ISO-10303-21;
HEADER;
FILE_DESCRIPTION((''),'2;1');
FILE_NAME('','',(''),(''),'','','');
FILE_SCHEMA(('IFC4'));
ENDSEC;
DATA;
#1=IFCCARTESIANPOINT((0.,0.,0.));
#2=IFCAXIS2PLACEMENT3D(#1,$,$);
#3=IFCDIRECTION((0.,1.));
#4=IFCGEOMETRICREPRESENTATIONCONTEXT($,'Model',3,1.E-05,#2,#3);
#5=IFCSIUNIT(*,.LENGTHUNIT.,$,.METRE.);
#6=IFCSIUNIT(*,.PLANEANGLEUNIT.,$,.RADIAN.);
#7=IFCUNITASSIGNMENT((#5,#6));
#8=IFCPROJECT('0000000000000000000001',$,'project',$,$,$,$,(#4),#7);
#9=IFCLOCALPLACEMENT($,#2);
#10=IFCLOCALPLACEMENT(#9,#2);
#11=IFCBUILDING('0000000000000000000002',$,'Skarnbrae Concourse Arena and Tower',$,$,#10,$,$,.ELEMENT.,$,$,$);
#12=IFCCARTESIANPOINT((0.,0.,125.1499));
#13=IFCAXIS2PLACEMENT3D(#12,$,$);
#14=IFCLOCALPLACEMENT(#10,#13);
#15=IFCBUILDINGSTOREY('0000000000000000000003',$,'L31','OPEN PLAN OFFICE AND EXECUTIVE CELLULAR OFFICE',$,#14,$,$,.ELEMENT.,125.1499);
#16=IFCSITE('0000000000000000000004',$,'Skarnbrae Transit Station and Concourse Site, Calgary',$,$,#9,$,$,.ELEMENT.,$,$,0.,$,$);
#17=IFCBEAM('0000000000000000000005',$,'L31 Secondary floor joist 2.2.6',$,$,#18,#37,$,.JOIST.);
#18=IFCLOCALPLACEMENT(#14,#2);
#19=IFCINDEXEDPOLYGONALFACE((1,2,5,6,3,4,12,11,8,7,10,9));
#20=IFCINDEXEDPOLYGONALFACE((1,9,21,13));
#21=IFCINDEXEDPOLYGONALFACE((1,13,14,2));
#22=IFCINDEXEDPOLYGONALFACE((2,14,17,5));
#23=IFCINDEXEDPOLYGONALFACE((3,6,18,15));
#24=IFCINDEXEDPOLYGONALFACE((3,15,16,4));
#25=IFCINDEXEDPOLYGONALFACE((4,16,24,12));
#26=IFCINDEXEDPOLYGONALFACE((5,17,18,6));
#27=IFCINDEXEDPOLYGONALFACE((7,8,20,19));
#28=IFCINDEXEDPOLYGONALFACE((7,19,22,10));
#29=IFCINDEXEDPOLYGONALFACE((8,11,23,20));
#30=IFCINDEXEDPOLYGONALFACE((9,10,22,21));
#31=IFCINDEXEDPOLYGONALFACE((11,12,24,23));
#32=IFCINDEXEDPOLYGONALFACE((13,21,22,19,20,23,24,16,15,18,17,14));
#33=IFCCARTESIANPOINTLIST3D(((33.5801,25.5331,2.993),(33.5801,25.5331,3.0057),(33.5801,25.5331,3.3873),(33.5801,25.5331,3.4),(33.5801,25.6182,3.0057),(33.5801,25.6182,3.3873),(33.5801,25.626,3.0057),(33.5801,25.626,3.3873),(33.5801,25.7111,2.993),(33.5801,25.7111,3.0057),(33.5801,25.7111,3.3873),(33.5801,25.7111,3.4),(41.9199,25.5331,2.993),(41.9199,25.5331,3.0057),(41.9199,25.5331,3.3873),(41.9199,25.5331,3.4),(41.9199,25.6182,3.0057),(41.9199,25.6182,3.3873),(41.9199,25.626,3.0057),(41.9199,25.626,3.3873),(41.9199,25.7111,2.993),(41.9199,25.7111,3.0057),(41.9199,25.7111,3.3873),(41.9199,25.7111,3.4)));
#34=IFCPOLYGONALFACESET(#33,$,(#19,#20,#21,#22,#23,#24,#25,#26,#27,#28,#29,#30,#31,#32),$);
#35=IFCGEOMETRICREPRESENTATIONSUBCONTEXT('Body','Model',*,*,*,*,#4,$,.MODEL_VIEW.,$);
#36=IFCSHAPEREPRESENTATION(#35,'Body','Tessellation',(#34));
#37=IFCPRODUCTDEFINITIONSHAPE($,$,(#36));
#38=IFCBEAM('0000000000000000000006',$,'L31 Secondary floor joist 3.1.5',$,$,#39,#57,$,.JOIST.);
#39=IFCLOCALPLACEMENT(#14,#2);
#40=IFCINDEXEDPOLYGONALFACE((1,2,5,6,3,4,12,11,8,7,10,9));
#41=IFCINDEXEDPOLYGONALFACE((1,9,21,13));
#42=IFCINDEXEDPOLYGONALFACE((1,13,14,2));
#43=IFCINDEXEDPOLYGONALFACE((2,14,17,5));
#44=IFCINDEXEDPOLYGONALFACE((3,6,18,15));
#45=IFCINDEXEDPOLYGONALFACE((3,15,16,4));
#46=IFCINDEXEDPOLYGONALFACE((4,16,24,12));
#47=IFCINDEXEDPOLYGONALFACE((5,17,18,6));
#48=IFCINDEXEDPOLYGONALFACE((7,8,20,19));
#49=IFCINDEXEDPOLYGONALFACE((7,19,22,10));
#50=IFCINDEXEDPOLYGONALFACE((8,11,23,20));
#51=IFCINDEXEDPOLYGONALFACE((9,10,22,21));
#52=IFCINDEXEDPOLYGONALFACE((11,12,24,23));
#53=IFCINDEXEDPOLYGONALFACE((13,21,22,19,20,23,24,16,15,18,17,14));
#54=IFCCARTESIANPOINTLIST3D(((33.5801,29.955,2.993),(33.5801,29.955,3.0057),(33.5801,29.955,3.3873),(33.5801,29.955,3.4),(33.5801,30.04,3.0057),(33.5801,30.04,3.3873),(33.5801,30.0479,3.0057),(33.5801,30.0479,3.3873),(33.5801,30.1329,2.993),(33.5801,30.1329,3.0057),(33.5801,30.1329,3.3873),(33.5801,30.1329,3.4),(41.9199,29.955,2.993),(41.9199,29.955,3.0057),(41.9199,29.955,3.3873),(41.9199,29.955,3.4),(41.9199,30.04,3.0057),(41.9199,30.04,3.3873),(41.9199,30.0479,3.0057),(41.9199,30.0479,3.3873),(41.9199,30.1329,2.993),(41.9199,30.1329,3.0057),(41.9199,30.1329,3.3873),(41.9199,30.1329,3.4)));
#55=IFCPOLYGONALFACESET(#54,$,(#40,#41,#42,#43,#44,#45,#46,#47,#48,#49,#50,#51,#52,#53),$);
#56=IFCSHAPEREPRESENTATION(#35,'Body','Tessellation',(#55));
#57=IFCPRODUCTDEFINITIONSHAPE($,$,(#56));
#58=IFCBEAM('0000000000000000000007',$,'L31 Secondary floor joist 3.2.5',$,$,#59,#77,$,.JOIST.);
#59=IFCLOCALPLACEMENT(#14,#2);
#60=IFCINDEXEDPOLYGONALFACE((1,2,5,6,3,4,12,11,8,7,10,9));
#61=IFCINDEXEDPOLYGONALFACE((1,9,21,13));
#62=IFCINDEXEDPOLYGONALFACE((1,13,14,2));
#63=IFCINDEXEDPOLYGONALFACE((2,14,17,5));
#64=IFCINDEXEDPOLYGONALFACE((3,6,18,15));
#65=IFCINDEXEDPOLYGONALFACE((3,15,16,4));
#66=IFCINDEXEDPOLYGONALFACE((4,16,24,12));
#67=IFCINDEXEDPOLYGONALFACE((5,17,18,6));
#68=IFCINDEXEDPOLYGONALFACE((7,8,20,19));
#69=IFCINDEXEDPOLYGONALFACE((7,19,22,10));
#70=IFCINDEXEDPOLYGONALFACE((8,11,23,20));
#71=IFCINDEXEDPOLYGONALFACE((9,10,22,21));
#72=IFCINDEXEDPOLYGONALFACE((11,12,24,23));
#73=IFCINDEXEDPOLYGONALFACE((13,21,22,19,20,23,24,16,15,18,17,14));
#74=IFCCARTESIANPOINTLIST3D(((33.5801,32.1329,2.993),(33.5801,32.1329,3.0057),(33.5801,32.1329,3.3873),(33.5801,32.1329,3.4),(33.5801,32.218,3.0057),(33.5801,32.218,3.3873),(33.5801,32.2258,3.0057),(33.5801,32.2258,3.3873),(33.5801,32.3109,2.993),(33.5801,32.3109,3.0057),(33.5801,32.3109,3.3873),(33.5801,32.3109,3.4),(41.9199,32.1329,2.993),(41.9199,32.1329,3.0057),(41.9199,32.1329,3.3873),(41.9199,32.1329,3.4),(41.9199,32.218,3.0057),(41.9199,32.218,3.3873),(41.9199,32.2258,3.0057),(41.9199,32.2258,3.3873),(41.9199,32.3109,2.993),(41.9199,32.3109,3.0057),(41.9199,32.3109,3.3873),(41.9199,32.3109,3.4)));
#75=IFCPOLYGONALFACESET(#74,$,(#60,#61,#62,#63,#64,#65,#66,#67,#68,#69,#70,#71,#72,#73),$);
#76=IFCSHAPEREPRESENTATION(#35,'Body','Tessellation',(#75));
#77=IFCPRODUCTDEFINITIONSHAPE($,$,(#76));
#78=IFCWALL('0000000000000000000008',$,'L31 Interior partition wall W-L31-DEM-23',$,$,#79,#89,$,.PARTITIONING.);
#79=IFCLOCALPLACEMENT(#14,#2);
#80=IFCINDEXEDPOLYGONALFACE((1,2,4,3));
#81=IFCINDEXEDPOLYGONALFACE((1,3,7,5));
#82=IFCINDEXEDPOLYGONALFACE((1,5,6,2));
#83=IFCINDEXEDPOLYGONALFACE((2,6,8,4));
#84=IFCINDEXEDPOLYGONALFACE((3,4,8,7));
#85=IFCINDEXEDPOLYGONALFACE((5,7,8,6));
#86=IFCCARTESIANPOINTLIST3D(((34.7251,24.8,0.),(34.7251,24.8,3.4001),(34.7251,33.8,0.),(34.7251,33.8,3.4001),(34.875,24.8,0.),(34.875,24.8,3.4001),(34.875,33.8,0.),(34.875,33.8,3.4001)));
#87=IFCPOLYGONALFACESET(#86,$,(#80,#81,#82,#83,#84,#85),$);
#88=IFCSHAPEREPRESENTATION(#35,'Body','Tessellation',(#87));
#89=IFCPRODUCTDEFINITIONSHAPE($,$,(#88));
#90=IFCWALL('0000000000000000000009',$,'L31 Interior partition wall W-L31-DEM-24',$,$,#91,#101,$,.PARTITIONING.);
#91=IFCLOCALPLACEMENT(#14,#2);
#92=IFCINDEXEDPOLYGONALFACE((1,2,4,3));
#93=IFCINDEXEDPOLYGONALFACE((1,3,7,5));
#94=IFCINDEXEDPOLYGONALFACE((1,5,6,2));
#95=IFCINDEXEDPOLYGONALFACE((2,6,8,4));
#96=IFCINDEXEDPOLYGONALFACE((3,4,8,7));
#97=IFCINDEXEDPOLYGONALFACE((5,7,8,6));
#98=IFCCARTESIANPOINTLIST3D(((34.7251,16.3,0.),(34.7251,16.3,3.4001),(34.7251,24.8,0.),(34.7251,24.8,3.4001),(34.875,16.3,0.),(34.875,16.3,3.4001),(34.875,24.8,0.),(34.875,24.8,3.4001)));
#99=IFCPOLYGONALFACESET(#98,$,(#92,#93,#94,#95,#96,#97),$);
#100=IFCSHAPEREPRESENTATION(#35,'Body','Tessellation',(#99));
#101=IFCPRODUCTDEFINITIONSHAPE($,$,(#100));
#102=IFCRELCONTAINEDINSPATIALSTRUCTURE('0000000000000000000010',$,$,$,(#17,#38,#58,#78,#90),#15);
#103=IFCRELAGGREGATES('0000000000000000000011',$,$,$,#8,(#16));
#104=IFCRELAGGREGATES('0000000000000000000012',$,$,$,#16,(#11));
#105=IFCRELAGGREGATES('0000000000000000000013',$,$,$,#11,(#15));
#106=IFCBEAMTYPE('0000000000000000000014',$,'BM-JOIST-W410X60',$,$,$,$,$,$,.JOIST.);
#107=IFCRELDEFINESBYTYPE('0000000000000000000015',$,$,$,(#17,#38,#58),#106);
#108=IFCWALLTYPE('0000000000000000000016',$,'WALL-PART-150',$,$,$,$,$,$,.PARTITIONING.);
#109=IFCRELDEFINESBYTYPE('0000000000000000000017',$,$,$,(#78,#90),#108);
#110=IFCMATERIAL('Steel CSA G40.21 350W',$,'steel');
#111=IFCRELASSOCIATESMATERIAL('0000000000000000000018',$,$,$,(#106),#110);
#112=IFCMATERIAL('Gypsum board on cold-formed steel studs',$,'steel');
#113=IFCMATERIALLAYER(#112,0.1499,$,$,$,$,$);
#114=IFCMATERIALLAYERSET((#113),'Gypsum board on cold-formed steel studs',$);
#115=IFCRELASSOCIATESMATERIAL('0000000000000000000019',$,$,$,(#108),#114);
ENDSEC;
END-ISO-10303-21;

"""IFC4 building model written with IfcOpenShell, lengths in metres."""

from ifc_helpers import new_model, si_unit, direction, frame, frame_2d, origin, origin_2d, place, context, subcontext, project, spatial, rectangle, i_section, extrude, source, transform, mapped, material, layer, layer_set, material_profile, profile_set, type_object, element, save


model = new_model("IFC4")

# Units and contexts
model_context = context("Model", 3, precision=1e-05, world=origin(), true_north=direction((0.0, 1.0)))
body_context = subcontext(model_context, "Body", "Model", "MODEL_VIEW")
ifc_project = project(units=[si_unit("LENGTHUNIT", "METRE"), si_unit("PLANEANGLEUNIT", "RADIAN")], contexts=[model_context])

# Site, building, storey
site_placement = place(None, origin())
site = spatial("IfcSite", under=ifc_project, at=site_placement, Name="Skarnbrae Transit Station and Concourse Site, Calgary", CompositionType="ELEMENT", RefElevation=0.0)
building_placement = place(site_placement, origin())
building = spatial("IfcBuilding", under=site, at=building_placement, Name="Skarnbrae Concourse Arena and Tower", CompositionType="ELEMENT")
storey_placement = place(building_placement, frame((0.0, 0.0, 125.1499)))
storey = spatial("IfcBuildingStorey", under=building, at=storey_placement, Name="L31", Description="OPEN PLAN OFFICE AND EXECUTIVE CELLULAR OFFICE", CompositionType="ELEMENT", Elevation=125.1499)

# Shared definitions
ifc_material_1 = material(Name="Steel CSA G40.21 350W", Category="steel")

# Beams
ifc_material_profile_1 = material_profile(ifc_material_1, i_section(OverallWidth=0.178, OverallDepth=0.407, WebThickness=0.0078, FlangeThickness=0.0127, at=origin_2d()), Name="W410X60")
ifc_profile_set_1 = profile_set([ifc_material_profile_1], Name="Steel CSA G40.21 350W")
beam_type_1 = type_object("IfcBeamType", Name="BM-JOIST-W410X60", PredefinedType="JOIST", material=ifc_profile_set_1)
shared_shape_1 = source(origin(), body_context, "Body", "SweptSolid", [
    extrude(i_section(OverallWidth=0.178, OverallDepth=0.407, WebThickness=0.0078, FlangeThickness=0.0127, at=origin_2d()), origin(), (0.0, 0.0, 1.0), 8.3398),
])
for number, where, z_axis, x_axis, name in (
    (1, (33.5801, 25.6221, 3.1965), (1.0, 0.0, 0.0), (0.0, 1.0, 0.0), "L31 Secondary floor joist 2.2.6"),
    (2, (33.5801, 30.0439, 3.1965), (1.0, 0.0, 0.0), (0.0, 1.0, 0.0), "L31 Secondary floor joist 3.1.5"),
    (3, (33.5801, 32.2219, 3.1965), (1.0, 0.0, 0.0), (0.0, 1.0, 0.0), "L31 Secondary floor joist 3.2.5"),
):
    element("IfcBeam", number, at=place(storey_placement, frame(where, z_axis=z_axis, x_axis=x_axis)), inside=storey, type_object=beam_type_1, Name=name, PredefinedType="JOIST", context=body_context, shape_type="MappedRepresentation", body=[
        mapped(shared_shape_1, transform((0.0, 0.0, 0.0))),
    ])

# Walls
ifc_material_2 = material(Name="Gypsum board on cold-formed steel studs", Category="steel")
ifc_layer = layer(ifc_material_2, 0.1499)
ifc_layer_set = layer_set([ifc_layer], Name="Gypsum board on cold-formed steel studs")
wall_type = type_object("IfcWallType", Name="WALL-PART-150", PredefinedType="PARTITIONING", material=ifc_layer_set)
shared_shape_2 = source(origin(), body_context, "Body", "SweptSolid", [
    extrude(rectangle(XDim=9.0, YDim=0.1499, at=frame_2d((4.5, 0.0))), origin(), (0.0, 0.0, 1.0), 3.4001),
])
wall_1_placement = place(storey_placement, frame((34.8, 33.8, 0.0), z_axis=(0.0, 0.0, 1.0), x_axis=(0.0, -1.0, 0.0)))
element("IfcWall", 4, at=wall_1_placement, inside=storey, type_object=wall_type, Name="L31 Interior partition wall W-L31-DEM-23", PredefinedType="PARTITIONING", context=body_context, shape_type="MappedRepresentation", body=[
    mapped(shared_shape_2, transform((0.0, 0.0, 0.0))),
])
shared_shape_3 = source(origin(), body_context, "Body", "SweptSolid", [
    extrude(rectangle(XDim=8.5, YDim=0.1499, at=frame_2d((4.25, 0.0))), origin(), (0.0, 0.0, 1.0), 3.4001),
])
wall_2_placement = place(storey_placement, frame((34.8, 24.8, 0.0), z_axis=(0.0, 0.0, 1.0), x_axis=(0.0, -1.0, 0.0)))
element("IfcWall", 5, at=wall_2_placement, inside=storey, type_object=wall_type, Name="L31 Interior partition wall W-L31-DEM-24", PredefinedType="PARTITIONING", context=body_context, shape_type="MappedRepresentation", body=[
    mapped(shared_shape_3, transform((0.0, 0.0, 0.0))),
])

save(model, "model.ifc")
